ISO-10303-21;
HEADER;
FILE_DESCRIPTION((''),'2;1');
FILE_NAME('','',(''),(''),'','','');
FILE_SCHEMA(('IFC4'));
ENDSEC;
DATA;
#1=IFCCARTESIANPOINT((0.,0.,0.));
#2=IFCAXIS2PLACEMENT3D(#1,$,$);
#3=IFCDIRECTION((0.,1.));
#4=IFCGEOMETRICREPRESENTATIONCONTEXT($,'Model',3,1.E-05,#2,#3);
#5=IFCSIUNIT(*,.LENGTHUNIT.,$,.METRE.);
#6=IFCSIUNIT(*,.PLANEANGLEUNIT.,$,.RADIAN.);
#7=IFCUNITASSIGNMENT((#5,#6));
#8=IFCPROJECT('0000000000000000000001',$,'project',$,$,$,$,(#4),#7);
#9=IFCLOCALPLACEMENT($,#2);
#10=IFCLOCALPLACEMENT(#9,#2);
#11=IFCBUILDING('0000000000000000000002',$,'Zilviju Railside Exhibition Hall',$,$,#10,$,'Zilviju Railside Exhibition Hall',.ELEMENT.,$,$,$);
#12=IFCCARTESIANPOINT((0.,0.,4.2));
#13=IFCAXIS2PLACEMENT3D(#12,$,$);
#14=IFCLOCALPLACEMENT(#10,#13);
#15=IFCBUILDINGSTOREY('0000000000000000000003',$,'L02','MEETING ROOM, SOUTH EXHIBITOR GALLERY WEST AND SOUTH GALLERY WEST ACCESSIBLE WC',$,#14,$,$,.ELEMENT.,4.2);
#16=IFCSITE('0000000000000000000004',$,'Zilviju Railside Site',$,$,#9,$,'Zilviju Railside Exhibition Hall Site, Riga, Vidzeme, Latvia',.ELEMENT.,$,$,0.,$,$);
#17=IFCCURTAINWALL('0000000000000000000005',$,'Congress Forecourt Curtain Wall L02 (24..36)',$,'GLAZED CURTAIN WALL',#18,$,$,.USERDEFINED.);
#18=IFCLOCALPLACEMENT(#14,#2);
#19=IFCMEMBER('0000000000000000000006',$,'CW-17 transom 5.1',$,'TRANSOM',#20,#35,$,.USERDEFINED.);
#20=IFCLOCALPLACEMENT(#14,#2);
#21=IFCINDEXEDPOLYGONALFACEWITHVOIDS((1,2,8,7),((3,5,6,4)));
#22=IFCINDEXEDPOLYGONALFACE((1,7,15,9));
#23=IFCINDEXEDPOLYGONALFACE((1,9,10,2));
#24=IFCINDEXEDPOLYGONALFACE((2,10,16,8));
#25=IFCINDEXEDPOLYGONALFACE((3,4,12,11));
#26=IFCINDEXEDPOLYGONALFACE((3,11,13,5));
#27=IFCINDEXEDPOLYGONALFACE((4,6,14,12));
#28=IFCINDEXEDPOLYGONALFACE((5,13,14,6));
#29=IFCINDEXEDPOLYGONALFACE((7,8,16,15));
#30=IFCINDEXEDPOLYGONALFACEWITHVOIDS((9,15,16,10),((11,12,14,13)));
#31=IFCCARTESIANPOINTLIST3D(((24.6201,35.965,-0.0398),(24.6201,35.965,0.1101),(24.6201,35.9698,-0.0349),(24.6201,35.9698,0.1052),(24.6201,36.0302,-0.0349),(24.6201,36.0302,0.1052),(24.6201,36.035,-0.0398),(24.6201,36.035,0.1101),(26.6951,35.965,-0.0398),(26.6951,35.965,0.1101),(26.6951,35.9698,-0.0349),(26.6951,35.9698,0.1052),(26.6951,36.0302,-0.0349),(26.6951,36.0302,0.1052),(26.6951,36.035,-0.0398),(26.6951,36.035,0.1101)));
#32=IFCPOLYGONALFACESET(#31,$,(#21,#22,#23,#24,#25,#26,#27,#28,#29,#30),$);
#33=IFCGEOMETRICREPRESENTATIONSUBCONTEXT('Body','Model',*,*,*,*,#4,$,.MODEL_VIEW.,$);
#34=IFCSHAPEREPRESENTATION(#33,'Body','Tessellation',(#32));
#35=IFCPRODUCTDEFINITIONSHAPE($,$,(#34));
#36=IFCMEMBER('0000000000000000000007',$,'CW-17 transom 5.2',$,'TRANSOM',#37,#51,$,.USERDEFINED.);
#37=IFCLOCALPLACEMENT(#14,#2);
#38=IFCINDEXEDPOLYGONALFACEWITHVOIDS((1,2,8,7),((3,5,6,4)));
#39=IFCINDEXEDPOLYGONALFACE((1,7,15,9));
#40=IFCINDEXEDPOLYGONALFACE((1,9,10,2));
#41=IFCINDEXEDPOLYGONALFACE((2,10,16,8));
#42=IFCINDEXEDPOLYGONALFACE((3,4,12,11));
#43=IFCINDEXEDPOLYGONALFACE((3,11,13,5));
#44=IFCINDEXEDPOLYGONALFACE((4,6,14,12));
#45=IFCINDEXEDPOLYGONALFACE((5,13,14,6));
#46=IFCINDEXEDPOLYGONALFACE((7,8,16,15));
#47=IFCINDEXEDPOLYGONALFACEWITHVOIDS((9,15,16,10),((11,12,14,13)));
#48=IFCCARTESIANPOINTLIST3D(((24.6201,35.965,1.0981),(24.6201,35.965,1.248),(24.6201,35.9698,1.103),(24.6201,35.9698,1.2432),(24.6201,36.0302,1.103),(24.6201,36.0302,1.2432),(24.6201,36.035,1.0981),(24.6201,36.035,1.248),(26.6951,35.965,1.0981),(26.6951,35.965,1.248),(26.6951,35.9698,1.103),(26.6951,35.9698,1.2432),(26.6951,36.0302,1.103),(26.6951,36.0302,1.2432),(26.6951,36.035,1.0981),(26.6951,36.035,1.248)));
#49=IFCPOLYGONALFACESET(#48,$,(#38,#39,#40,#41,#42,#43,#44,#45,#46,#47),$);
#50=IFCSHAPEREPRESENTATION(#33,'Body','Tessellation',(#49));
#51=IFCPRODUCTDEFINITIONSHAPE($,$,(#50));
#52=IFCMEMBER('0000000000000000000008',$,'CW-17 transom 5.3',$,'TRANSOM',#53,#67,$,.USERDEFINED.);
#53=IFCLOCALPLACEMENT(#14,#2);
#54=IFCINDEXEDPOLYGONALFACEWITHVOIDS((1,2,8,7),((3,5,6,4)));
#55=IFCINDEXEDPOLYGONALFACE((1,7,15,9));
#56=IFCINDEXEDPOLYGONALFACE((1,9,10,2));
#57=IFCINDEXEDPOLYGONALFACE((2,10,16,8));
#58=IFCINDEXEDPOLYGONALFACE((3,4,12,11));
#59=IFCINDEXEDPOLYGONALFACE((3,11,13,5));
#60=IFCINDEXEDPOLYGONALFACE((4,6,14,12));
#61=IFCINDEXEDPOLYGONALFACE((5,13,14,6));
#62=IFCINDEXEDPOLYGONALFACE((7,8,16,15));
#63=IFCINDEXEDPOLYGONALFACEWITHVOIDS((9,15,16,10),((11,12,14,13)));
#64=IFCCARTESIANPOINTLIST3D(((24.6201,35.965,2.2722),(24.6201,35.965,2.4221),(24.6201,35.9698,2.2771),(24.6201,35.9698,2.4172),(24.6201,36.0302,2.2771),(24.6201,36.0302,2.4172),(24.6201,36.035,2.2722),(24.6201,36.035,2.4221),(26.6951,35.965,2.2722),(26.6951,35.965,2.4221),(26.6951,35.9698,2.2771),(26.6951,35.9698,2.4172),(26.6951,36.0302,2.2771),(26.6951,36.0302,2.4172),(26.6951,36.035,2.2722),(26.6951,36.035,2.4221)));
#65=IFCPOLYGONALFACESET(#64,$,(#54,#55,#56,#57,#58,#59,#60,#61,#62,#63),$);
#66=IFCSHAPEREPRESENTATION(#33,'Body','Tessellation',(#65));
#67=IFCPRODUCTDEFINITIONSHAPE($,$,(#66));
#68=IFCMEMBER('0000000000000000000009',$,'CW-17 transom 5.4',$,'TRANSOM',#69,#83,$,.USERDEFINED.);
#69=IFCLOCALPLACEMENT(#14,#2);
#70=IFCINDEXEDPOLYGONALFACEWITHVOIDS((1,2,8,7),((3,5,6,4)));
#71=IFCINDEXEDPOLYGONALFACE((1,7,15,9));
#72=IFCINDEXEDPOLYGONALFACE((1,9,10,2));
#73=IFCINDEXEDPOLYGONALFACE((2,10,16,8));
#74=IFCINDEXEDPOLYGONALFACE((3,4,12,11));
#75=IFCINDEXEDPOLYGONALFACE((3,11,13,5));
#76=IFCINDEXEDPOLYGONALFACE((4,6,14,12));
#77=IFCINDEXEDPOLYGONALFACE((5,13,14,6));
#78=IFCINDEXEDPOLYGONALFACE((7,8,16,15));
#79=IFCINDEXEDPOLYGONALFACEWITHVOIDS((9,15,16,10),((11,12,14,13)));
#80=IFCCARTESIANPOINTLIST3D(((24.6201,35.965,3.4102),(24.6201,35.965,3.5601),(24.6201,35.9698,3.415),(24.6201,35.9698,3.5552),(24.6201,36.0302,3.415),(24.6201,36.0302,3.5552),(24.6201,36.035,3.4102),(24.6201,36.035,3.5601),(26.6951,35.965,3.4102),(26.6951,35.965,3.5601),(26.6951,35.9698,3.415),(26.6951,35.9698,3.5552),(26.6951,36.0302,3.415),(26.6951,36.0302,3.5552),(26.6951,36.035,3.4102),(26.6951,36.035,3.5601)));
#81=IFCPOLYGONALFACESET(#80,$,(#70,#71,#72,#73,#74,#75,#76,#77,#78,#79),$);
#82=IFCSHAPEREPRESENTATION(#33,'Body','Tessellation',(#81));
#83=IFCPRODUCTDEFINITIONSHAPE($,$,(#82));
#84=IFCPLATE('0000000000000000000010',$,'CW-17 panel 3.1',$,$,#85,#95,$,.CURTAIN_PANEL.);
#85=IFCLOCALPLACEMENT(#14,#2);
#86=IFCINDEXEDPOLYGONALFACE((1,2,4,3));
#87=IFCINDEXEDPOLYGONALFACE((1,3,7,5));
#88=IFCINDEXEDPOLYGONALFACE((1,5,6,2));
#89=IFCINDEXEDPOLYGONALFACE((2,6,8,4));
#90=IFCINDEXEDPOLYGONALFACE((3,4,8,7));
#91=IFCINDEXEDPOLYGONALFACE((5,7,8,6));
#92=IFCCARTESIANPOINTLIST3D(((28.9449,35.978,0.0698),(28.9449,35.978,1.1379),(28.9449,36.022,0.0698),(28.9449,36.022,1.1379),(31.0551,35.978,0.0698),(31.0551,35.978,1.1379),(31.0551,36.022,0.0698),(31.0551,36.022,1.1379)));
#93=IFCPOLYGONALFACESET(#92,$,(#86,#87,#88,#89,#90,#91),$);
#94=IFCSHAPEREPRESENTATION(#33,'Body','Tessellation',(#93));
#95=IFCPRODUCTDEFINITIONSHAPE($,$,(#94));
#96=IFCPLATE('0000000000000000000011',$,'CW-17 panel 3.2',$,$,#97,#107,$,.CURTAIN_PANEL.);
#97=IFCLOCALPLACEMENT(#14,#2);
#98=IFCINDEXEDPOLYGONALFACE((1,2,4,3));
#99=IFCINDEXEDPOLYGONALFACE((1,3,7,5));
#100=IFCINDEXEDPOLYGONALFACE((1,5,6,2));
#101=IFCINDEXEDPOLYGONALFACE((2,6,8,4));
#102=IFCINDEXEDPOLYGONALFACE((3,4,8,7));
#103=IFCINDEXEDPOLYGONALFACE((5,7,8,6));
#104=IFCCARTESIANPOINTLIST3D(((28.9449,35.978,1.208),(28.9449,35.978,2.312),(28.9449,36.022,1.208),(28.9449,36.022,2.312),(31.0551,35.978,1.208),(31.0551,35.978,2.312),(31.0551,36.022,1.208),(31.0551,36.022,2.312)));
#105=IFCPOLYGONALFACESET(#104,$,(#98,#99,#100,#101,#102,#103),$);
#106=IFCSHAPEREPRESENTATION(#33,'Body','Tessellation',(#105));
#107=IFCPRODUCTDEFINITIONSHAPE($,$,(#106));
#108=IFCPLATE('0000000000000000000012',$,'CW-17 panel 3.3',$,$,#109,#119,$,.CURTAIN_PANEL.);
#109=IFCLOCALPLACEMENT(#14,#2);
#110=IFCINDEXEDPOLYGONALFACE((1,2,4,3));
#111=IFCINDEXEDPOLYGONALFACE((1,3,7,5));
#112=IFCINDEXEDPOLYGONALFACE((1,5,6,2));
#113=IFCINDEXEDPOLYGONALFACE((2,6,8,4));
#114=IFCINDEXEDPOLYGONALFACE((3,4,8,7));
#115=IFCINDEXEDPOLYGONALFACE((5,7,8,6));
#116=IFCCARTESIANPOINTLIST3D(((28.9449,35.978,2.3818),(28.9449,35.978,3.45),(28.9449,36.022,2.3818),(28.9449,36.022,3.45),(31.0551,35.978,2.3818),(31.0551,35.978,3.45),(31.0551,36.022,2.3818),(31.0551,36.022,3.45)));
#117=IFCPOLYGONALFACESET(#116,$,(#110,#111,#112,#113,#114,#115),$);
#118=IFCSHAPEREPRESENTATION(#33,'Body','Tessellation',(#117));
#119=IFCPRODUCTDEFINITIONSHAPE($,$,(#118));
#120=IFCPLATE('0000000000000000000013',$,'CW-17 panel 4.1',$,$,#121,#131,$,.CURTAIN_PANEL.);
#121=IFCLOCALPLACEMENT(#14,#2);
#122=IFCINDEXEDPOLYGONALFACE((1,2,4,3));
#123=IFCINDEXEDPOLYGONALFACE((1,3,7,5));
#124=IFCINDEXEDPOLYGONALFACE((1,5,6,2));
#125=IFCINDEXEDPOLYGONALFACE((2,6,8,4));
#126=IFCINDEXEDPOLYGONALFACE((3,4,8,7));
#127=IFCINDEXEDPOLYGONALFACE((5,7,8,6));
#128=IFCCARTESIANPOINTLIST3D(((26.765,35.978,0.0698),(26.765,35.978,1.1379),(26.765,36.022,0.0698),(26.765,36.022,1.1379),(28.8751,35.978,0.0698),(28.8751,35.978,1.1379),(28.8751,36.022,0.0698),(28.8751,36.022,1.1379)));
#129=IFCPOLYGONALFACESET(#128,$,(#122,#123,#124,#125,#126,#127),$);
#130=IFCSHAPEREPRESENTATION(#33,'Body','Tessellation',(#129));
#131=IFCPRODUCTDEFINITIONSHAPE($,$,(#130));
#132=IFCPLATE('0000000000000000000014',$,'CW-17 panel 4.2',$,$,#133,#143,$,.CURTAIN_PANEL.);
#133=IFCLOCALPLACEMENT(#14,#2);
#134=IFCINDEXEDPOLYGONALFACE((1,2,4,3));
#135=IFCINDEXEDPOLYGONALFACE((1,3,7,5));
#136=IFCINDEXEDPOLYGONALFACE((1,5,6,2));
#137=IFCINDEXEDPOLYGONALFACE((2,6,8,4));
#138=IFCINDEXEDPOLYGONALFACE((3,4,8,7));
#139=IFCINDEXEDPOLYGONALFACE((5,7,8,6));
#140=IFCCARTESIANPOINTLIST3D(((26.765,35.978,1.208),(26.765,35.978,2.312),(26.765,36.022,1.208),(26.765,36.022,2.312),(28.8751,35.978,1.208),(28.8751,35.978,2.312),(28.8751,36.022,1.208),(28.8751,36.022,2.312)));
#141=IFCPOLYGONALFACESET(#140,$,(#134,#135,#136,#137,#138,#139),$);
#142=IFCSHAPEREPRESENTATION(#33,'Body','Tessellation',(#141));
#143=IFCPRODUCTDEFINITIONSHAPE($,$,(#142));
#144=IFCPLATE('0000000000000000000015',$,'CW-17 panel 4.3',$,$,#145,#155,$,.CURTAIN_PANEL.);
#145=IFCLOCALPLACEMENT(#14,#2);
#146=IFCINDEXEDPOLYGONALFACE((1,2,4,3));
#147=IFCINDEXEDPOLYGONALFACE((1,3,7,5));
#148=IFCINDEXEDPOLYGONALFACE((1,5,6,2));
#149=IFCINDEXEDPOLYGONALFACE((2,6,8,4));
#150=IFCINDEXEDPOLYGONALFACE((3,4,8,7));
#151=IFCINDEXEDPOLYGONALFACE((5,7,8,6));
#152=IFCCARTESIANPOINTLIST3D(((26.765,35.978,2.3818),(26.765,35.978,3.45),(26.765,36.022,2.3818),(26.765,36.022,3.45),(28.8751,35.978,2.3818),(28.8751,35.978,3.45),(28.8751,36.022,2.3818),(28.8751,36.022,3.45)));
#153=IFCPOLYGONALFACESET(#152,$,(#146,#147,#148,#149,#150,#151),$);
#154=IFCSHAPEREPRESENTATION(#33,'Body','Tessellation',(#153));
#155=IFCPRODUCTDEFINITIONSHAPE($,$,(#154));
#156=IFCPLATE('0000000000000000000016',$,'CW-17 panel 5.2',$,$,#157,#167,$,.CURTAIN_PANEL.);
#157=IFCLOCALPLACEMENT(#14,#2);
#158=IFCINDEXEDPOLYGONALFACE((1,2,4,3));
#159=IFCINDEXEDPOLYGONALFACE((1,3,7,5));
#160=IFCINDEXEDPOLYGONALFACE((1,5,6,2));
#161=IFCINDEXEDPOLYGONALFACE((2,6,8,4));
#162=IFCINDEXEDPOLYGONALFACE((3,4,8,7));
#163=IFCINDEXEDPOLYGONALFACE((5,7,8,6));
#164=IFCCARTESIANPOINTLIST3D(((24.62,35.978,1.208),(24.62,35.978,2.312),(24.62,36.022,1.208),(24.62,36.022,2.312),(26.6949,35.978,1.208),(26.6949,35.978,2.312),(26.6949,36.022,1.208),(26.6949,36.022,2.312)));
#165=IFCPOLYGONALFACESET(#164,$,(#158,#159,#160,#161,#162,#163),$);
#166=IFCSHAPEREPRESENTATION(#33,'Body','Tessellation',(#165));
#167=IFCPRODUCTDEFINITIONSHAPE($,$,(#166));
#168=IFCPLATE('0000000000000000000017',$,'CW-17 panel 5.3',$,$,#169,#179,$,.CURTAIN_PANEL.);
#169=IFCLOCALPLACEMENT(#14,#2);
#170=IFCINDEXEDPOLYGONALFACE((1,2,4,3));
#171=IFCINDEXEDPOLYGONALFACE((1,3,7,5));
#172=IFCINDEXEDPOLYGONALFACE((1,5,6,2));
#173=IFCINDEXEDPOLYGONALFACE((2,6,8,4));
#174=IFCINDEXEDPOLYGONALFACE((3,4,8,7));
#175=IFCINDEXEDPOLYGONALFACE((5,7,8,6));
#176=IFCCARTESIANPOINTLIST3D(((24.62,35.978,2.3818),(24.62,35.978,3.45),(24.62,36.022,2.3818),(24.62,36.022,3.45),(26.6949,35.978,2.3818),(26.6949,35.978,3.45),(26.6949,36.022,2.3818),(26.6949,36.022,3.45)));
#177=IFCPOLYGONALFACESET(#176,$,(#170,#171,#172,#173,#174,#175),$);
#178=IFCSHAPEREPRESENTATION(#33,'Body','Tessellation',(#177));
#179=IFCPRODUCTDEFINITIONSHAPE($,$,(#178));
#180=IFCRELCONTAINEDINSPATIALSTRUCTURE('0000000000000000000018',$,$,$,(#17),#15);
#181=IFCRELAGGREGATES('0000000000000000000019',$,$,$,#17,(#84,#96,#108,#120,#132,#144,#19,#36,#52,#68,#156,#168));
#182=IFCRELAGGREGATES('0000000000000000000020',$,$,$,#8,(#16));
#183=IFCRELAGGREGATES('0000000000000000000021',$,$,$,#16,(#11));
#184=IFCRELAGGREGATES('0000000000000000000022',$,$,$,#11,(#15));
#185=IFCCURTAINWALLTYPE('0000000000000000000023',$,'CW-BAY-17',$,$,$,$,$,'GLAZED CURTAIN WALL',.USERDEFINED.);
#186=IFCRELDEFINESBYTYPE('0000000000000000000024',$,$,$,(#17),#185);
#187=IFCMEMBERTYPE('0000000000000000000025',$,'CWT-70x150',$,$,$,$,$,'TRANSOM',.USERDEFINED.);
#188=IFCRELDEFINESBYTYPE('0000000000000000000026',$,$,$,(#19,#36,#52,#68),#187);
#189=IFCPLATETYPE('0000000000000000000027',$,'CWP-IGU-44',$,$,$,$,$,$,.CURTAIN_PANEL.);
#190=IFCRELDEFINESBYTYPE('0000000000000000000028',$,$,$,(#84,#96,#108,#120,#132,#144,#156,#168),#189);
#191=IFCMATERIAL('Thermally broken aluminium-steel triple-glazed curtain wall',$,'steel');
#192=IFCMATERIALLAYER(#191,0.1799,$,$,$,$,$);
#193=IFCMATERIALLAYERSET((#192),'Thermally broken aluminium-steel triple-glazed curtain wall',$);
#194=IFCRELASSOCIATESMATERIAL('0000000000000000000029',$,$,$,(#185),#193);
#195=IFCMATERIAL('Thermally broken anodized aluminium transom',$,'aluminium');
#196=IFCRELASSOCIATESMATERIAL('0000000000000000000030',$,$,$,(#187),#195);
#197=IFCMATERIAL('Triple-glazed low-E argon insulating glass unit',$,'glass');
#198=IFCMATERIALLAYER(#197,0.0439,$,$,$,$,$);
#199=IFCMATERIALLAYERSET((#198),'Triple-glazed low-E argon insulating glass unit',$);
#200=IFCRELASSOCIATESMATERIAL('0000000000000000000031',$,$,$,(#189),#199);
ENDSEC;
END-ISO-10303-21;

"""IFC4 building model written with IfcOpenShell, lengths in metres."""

from ifc_helpers import new_model, si_unit, direction, frame, origin, origin_2d, place, context, subcontext, project, spatial, rectangle, hollow_rectangle, extrude, material, layer, layer_set, material_profile, profile_set, type_object, element, aggregate, save


model = new_model("IFC4")

# Units and contexts
model_context = context("Model", 3, precision=1e-05, world=origin(), true_north=direction((0.0, 1.0)))
body_context = subcontext(model_context, "Body", "Model", "MODEL_VIEW")
ifc_project = project(units=[si_unit("LENGTHUNIT", "METRE"), si_unit("PLANEANGLEUNIT", "RADIAN")], contexts=[model_context])

# Site, building, storey
site_placement = place(None, origin())
site = spatial("IfcSite", under=ifc_project, at=site_placement, Name="Zilviju Railside Site", LongName="Zilviju Railside Exhibition Hall Site, Riga, Vidzeme, Latvia", CompositionType="ELEMENT", RefElevation=0.0)
building_placement = place(site_placement, origin())
building = spatial("IfcBuilding", under=site, at=building_placement, Name="Zilviju Railside Exhibition Hall", LongName="Zilviju Railside Exhibition Hall", CompositionType="ELEMENT")
storey_placement = place(building_placement, frame((0.0, 0.0, 4.2)))
storey = spatial("IfcBuildingStorey", under=building, at=storey_placement, Name="L02", Description="MEETING ROOM, SOUTH EXHIBITOR GALLERY WEST AND SOUTH GALLERY WEST ACCESSIBLE WC", CompositionType="ELEMENT", Elevation=4.2)

# Curtain wall, members, plates
ifc_material_1 = material(Name="Thermally broken aluminium-steel triple-glazed curtain wall", Category="steel")
ifc_layer_1 = layer(ifc_material_1, 0.1799)
ifc_layer_set_1 = layer_set([ifc_layer_1], Name="Thermally broken aluminium-steel triple-glazed curtain wall")
curtain_wall_type = type_object("IfcCurtainWallType", Name="CW-BAY-17", ElementType="GLAZED CURTAIN WALL", PredefinedType="USERDEFINED", material=ifc_layer_set_1)
curtain_wall_placement = place(storey_placement, origin())
curtain_wall = element("IfcCurtainWall", 1, at=curtain_wall_placement, inside=storey, type_object=curtain_wall_type, Name="Congress Forecourt Curtain Wall L02 (24..36)", ObjectType="GLAZED CURTAIN WALL", PredefinedType="USERDEFINED")
ifc_material_2 = material(Name="Thermally broken anodized aluminium transom", Category="aluminium")
ifc_material_profile_1 = material_profile(ifc_material_2, hollow_rectangle(XDim=0.0701, YDim=0.1499, WallThickness=0.0049, at=origin_2d()), Name="TRANSOM 150x70x5")
ifc_profile_set_1 = profile_set([ifc_material_profile_1], Name="Thermally broken anodized aluminium transom")
member_type_1 = type_object("IfcMemberType", Name="CWT-70x150", ElementType="TRANSOM", PredefinedType="USERDEFINED", material=ifc_profile_set_1)
member_1_placement = place(storey_placement, frame((26.6951, 36.0, 0.0352), z_axis=(-1.0, 0.0, 0.0), x_axis=(0.0, -1.0, 0.0)))
member_1 = element("IfcMember", 2, at=member_1_placement, type_object=member_type_1, Name="CW-17 transom 5.1", ObjectType="TRANSOM", PredefinedType="USERDEFINED", context=body_context, shape_type="SweptSolid", body=[
    extrude(hollow_rectangle(XDim=0.0701, YDim=0.1499, WallThickness=0.0049, at=origin_2d()), origin(), (0.0, 0.0, 1.0), 2.075),
])
member_2_placement = place(storey_placement, frame((26.6951, 36.0, 1.1731), z_axis=(-1.0, 0.0, 0.0), x_axis=(0.0, -1.0, 0.0)))
member_2 = element("IfcMember", 3, at=member_2_placement, type_object=member_type_1, Name="CW-17 transom 5.2", ObjectType="TRANSOM", PredefinedType="USERDEFINED", context=body_context, shape_type="SweptSolid", body=[
    extrude(hollow_rectangle(XDim=0.0701, YDim=0.1499, WallThickness=0.0049, at=origin_2d()), origin(), (0.0, 0.0, 1.0), 2.075),
])
member_3_placement = place(storey_placement, frame((26.6951, 36.0, 2.3472), z_axis=(-1.0, 0.0, 0.0), x_axis=(0.0, -1.0, 0.0)))
member_3 = element("IfcMember", 4, at=member_3_placement, type_object=member_type_1, Name="CW-17 transom 5.3", ObjectType="TRANSOM", PredefinedType="USERDEFINED", context=body_context, shape_type="SweptSolid", body=[
    extrude(hollow_rectangle(XDim=0.0701, YDim=0.1499, WallThickness=0.0049, at=origin_2d()), origin(), (0.0, 0.0, 1.0), 2.075),
])
member_4_placement = place(storey_placement, frame((26.6951, 36.0, 3.4851), z_axis=(-1.0, 0.0, 0.0), x_axis=(0.0, -1.0, 0.0)))
member_4 = element("IfcMember", 5, at=member_4_placement, type_object=member_type_1, Name="CW-17 transom 5.4", ObjectType="TRANSOM", PredefinedType="USERDEFINED", context=body_context, shape_type="SweptSolid", body=[
    extrude(hollow_rectangle(XDim=0.0701, YDim=0.1499, WallThickness=0.0049, at=origin_2d()), origin(), (0.0, 0.0, 1.0), 2.075),
])
ifc_material_3 = material(Name="Triple-glazed low-E argon insulating glass unit", Category="glass")
ifc_layer_2 = layer(ifc_material_3, 0.0439)
ifc_layer_set_2 = layer_set([ifc_layer_2], Name="Triple-glazed low-E argon insulating glass unit")
plate_type = type_object("IfcPlateType", Name="CWP-IGU-44", PredefinedType="CURTAIN_PANEL", material=ifc_layer_set_2)
plate_1_placement = place(storey_placement, frame((30.0, 36.0, 0.0698), z_axis=(0.0, 0.0, 1.0), x_axis=(-1.0, 0.0, 0.0)))
plate_1 = element("IfcPlate", 6, at=plate_1_placement, type_object=plate_type, Name="CW-17 panel 3.1", PredefinedType="CURTAIN_PANEL", context=body_context, shape_type="SweptSolid", body=[
    extrude(rectangle(XDim=2.1101, YDim=0.0439, at=origin_2d()), origin(), (0.0, 0.0, 1.0), 1.0681),
])
plate_2_placement = place(storey_placement, frame((30.0, 36.0, 1.208), z_axis=(0.0, 0.0, 1.0), x_axis=(-1.0, 0.0, 0.0)))
plate_2 = element("IfcPlate", 7, at=plate_2_placement, type_object=plate_type, Name="CW-17 panel 3.2", PredefinedType="CURTAIN_PANEL", context=body_context, shape_type="SweptSolid", body=[
    extrude(rectangle(XDim=2.1101, YDim=0.0439, at=origin_2d()), origin(), (0.0, 0.0, 1.0), 1.104),
])
plate_3_placement = place(storey_placement, frame((30.0, 36.0, 2.3818), z_axis=(0.0, 0.0, 1.0), x_axis=(-1.0, 0.0, 0.0)))
plate_3 = element("IfcPlate", 8, at=plate_3_placement, type_object=plate_type, Name="CW-17 panel 3.3", PredefinedType="CURTAIN_PANEL", context=body_context, shape_type="SweptSolid", body=[
    extrude(rectangle(XDim=2.1101, YDim=0.0439, at=origin_2d()), origin(), (0.0, 0.0, 1.0), 1.0681),
])
plate_4_placement = place(storey_placement, frame((27.8201, 36.0, 0.0698), z_axis=(0.0, 0.0, 1.0), x_axis=(-1.0, 0.0, 0.0)))
plate_4 = element("IfcPlate", 9, at=plate_4_placement, type_object=plate_type, Name="CW-17 panel 4.1", PredefinedType="CURTAIN_PANEL", context=body_context, shape_type="SweptSolid", body=[
    extrude(rectangle(XDim=2.1101, YDim=0.0439, at=origin_2d()), origin(), (0.0, 0.0, 1.0), 1.0681),
])
plate_5_placement = place(storey_placement, frame((27.8201, 36.0, 1.208), z_axis=(0.0, 0.0, 1.0), x_axis=(-1.0, 0.0, 0.0)))
plate_5 = element("IfcPlate", 10, at=plate_5_placement, type_object=plate_type, Name="CW-17 panel 4.2", PredefinedType="CURTAIN_PANEL", context=body_context, shape_type="SweptSolid", body=[
    extrude(rectangle(XDim=2.1101, YDim=0.0439, at=origin_2d()), origin(), (0.0, 0.0, 1.0), 1.104),
])
plate_6_placement = place(storey_placement, frame((27.8201, 36.0, 2.3818), z_axis=(0.0, 0.0, 1.0), x_axis=(-1.0, 0.0, 0.0)))
plate_6 = element("IfcPlate", 11, at=plate_6_placement, type_object=plate_type, Name="CW-17 panel 4.3", PredefinedType="CURTAIN_PANEL", context=body_context, shape_type="SweptSolid", body=[
    extrude(rectangle(XDim=2.1101, YDim=0.0439, at=origin_2d()), origin(), (0.0, 0.0, 1.0), 1.0681),
])
plate_7_placement = place(storey_placement, frame((25.6575, 36.0, 1.208), z_axis=(0.0, 0.0, 1.0), x_axis=(-1.0, 0.0, 0.0)))
plate_7 = element("IfcPlate", 12, at=plate_7_placement, type_object=plate_type, Name="CW-17 panel 5.2", PredefinedType="CURTAIN_PANEL", context=body_context, shape_type="SweptSolid", body=[
    extrude(rectangle(XDim=2.075, YDim=0.0439, at=origin_2d()), origin(), (0.0, 0.0, 1.0), 1.104),
])
plate_8_placement = place(storey_placement, frame((25.6575, 36.0, 2.3818), z_axis=(0.0, 0.0, 1.0), x_axis=(-1.0, 0.0, 0.0)))
plate_8 = element("IfcPlate", 13, at=plate_8_placement, type_object=plate_type, Name="CW-17 panel 5.3", PredefinedType="CURTAIN_PANEL", context=body_context, shape_type="SweptSolid", body=[
    extrude(rectangle(XDim=2.075, YDim=0.0439, at=origin_2d()), origin(), (0.0, 0.0, 1.0), 1.0681),
])
aggregate(curtain_wall, [plate_1, plate_2, plate_3, plate_4, plate_5, plate_6, member_1, member_2, member_3, member_4, plate_7, plate_8])

save(model, "model.ifc")
